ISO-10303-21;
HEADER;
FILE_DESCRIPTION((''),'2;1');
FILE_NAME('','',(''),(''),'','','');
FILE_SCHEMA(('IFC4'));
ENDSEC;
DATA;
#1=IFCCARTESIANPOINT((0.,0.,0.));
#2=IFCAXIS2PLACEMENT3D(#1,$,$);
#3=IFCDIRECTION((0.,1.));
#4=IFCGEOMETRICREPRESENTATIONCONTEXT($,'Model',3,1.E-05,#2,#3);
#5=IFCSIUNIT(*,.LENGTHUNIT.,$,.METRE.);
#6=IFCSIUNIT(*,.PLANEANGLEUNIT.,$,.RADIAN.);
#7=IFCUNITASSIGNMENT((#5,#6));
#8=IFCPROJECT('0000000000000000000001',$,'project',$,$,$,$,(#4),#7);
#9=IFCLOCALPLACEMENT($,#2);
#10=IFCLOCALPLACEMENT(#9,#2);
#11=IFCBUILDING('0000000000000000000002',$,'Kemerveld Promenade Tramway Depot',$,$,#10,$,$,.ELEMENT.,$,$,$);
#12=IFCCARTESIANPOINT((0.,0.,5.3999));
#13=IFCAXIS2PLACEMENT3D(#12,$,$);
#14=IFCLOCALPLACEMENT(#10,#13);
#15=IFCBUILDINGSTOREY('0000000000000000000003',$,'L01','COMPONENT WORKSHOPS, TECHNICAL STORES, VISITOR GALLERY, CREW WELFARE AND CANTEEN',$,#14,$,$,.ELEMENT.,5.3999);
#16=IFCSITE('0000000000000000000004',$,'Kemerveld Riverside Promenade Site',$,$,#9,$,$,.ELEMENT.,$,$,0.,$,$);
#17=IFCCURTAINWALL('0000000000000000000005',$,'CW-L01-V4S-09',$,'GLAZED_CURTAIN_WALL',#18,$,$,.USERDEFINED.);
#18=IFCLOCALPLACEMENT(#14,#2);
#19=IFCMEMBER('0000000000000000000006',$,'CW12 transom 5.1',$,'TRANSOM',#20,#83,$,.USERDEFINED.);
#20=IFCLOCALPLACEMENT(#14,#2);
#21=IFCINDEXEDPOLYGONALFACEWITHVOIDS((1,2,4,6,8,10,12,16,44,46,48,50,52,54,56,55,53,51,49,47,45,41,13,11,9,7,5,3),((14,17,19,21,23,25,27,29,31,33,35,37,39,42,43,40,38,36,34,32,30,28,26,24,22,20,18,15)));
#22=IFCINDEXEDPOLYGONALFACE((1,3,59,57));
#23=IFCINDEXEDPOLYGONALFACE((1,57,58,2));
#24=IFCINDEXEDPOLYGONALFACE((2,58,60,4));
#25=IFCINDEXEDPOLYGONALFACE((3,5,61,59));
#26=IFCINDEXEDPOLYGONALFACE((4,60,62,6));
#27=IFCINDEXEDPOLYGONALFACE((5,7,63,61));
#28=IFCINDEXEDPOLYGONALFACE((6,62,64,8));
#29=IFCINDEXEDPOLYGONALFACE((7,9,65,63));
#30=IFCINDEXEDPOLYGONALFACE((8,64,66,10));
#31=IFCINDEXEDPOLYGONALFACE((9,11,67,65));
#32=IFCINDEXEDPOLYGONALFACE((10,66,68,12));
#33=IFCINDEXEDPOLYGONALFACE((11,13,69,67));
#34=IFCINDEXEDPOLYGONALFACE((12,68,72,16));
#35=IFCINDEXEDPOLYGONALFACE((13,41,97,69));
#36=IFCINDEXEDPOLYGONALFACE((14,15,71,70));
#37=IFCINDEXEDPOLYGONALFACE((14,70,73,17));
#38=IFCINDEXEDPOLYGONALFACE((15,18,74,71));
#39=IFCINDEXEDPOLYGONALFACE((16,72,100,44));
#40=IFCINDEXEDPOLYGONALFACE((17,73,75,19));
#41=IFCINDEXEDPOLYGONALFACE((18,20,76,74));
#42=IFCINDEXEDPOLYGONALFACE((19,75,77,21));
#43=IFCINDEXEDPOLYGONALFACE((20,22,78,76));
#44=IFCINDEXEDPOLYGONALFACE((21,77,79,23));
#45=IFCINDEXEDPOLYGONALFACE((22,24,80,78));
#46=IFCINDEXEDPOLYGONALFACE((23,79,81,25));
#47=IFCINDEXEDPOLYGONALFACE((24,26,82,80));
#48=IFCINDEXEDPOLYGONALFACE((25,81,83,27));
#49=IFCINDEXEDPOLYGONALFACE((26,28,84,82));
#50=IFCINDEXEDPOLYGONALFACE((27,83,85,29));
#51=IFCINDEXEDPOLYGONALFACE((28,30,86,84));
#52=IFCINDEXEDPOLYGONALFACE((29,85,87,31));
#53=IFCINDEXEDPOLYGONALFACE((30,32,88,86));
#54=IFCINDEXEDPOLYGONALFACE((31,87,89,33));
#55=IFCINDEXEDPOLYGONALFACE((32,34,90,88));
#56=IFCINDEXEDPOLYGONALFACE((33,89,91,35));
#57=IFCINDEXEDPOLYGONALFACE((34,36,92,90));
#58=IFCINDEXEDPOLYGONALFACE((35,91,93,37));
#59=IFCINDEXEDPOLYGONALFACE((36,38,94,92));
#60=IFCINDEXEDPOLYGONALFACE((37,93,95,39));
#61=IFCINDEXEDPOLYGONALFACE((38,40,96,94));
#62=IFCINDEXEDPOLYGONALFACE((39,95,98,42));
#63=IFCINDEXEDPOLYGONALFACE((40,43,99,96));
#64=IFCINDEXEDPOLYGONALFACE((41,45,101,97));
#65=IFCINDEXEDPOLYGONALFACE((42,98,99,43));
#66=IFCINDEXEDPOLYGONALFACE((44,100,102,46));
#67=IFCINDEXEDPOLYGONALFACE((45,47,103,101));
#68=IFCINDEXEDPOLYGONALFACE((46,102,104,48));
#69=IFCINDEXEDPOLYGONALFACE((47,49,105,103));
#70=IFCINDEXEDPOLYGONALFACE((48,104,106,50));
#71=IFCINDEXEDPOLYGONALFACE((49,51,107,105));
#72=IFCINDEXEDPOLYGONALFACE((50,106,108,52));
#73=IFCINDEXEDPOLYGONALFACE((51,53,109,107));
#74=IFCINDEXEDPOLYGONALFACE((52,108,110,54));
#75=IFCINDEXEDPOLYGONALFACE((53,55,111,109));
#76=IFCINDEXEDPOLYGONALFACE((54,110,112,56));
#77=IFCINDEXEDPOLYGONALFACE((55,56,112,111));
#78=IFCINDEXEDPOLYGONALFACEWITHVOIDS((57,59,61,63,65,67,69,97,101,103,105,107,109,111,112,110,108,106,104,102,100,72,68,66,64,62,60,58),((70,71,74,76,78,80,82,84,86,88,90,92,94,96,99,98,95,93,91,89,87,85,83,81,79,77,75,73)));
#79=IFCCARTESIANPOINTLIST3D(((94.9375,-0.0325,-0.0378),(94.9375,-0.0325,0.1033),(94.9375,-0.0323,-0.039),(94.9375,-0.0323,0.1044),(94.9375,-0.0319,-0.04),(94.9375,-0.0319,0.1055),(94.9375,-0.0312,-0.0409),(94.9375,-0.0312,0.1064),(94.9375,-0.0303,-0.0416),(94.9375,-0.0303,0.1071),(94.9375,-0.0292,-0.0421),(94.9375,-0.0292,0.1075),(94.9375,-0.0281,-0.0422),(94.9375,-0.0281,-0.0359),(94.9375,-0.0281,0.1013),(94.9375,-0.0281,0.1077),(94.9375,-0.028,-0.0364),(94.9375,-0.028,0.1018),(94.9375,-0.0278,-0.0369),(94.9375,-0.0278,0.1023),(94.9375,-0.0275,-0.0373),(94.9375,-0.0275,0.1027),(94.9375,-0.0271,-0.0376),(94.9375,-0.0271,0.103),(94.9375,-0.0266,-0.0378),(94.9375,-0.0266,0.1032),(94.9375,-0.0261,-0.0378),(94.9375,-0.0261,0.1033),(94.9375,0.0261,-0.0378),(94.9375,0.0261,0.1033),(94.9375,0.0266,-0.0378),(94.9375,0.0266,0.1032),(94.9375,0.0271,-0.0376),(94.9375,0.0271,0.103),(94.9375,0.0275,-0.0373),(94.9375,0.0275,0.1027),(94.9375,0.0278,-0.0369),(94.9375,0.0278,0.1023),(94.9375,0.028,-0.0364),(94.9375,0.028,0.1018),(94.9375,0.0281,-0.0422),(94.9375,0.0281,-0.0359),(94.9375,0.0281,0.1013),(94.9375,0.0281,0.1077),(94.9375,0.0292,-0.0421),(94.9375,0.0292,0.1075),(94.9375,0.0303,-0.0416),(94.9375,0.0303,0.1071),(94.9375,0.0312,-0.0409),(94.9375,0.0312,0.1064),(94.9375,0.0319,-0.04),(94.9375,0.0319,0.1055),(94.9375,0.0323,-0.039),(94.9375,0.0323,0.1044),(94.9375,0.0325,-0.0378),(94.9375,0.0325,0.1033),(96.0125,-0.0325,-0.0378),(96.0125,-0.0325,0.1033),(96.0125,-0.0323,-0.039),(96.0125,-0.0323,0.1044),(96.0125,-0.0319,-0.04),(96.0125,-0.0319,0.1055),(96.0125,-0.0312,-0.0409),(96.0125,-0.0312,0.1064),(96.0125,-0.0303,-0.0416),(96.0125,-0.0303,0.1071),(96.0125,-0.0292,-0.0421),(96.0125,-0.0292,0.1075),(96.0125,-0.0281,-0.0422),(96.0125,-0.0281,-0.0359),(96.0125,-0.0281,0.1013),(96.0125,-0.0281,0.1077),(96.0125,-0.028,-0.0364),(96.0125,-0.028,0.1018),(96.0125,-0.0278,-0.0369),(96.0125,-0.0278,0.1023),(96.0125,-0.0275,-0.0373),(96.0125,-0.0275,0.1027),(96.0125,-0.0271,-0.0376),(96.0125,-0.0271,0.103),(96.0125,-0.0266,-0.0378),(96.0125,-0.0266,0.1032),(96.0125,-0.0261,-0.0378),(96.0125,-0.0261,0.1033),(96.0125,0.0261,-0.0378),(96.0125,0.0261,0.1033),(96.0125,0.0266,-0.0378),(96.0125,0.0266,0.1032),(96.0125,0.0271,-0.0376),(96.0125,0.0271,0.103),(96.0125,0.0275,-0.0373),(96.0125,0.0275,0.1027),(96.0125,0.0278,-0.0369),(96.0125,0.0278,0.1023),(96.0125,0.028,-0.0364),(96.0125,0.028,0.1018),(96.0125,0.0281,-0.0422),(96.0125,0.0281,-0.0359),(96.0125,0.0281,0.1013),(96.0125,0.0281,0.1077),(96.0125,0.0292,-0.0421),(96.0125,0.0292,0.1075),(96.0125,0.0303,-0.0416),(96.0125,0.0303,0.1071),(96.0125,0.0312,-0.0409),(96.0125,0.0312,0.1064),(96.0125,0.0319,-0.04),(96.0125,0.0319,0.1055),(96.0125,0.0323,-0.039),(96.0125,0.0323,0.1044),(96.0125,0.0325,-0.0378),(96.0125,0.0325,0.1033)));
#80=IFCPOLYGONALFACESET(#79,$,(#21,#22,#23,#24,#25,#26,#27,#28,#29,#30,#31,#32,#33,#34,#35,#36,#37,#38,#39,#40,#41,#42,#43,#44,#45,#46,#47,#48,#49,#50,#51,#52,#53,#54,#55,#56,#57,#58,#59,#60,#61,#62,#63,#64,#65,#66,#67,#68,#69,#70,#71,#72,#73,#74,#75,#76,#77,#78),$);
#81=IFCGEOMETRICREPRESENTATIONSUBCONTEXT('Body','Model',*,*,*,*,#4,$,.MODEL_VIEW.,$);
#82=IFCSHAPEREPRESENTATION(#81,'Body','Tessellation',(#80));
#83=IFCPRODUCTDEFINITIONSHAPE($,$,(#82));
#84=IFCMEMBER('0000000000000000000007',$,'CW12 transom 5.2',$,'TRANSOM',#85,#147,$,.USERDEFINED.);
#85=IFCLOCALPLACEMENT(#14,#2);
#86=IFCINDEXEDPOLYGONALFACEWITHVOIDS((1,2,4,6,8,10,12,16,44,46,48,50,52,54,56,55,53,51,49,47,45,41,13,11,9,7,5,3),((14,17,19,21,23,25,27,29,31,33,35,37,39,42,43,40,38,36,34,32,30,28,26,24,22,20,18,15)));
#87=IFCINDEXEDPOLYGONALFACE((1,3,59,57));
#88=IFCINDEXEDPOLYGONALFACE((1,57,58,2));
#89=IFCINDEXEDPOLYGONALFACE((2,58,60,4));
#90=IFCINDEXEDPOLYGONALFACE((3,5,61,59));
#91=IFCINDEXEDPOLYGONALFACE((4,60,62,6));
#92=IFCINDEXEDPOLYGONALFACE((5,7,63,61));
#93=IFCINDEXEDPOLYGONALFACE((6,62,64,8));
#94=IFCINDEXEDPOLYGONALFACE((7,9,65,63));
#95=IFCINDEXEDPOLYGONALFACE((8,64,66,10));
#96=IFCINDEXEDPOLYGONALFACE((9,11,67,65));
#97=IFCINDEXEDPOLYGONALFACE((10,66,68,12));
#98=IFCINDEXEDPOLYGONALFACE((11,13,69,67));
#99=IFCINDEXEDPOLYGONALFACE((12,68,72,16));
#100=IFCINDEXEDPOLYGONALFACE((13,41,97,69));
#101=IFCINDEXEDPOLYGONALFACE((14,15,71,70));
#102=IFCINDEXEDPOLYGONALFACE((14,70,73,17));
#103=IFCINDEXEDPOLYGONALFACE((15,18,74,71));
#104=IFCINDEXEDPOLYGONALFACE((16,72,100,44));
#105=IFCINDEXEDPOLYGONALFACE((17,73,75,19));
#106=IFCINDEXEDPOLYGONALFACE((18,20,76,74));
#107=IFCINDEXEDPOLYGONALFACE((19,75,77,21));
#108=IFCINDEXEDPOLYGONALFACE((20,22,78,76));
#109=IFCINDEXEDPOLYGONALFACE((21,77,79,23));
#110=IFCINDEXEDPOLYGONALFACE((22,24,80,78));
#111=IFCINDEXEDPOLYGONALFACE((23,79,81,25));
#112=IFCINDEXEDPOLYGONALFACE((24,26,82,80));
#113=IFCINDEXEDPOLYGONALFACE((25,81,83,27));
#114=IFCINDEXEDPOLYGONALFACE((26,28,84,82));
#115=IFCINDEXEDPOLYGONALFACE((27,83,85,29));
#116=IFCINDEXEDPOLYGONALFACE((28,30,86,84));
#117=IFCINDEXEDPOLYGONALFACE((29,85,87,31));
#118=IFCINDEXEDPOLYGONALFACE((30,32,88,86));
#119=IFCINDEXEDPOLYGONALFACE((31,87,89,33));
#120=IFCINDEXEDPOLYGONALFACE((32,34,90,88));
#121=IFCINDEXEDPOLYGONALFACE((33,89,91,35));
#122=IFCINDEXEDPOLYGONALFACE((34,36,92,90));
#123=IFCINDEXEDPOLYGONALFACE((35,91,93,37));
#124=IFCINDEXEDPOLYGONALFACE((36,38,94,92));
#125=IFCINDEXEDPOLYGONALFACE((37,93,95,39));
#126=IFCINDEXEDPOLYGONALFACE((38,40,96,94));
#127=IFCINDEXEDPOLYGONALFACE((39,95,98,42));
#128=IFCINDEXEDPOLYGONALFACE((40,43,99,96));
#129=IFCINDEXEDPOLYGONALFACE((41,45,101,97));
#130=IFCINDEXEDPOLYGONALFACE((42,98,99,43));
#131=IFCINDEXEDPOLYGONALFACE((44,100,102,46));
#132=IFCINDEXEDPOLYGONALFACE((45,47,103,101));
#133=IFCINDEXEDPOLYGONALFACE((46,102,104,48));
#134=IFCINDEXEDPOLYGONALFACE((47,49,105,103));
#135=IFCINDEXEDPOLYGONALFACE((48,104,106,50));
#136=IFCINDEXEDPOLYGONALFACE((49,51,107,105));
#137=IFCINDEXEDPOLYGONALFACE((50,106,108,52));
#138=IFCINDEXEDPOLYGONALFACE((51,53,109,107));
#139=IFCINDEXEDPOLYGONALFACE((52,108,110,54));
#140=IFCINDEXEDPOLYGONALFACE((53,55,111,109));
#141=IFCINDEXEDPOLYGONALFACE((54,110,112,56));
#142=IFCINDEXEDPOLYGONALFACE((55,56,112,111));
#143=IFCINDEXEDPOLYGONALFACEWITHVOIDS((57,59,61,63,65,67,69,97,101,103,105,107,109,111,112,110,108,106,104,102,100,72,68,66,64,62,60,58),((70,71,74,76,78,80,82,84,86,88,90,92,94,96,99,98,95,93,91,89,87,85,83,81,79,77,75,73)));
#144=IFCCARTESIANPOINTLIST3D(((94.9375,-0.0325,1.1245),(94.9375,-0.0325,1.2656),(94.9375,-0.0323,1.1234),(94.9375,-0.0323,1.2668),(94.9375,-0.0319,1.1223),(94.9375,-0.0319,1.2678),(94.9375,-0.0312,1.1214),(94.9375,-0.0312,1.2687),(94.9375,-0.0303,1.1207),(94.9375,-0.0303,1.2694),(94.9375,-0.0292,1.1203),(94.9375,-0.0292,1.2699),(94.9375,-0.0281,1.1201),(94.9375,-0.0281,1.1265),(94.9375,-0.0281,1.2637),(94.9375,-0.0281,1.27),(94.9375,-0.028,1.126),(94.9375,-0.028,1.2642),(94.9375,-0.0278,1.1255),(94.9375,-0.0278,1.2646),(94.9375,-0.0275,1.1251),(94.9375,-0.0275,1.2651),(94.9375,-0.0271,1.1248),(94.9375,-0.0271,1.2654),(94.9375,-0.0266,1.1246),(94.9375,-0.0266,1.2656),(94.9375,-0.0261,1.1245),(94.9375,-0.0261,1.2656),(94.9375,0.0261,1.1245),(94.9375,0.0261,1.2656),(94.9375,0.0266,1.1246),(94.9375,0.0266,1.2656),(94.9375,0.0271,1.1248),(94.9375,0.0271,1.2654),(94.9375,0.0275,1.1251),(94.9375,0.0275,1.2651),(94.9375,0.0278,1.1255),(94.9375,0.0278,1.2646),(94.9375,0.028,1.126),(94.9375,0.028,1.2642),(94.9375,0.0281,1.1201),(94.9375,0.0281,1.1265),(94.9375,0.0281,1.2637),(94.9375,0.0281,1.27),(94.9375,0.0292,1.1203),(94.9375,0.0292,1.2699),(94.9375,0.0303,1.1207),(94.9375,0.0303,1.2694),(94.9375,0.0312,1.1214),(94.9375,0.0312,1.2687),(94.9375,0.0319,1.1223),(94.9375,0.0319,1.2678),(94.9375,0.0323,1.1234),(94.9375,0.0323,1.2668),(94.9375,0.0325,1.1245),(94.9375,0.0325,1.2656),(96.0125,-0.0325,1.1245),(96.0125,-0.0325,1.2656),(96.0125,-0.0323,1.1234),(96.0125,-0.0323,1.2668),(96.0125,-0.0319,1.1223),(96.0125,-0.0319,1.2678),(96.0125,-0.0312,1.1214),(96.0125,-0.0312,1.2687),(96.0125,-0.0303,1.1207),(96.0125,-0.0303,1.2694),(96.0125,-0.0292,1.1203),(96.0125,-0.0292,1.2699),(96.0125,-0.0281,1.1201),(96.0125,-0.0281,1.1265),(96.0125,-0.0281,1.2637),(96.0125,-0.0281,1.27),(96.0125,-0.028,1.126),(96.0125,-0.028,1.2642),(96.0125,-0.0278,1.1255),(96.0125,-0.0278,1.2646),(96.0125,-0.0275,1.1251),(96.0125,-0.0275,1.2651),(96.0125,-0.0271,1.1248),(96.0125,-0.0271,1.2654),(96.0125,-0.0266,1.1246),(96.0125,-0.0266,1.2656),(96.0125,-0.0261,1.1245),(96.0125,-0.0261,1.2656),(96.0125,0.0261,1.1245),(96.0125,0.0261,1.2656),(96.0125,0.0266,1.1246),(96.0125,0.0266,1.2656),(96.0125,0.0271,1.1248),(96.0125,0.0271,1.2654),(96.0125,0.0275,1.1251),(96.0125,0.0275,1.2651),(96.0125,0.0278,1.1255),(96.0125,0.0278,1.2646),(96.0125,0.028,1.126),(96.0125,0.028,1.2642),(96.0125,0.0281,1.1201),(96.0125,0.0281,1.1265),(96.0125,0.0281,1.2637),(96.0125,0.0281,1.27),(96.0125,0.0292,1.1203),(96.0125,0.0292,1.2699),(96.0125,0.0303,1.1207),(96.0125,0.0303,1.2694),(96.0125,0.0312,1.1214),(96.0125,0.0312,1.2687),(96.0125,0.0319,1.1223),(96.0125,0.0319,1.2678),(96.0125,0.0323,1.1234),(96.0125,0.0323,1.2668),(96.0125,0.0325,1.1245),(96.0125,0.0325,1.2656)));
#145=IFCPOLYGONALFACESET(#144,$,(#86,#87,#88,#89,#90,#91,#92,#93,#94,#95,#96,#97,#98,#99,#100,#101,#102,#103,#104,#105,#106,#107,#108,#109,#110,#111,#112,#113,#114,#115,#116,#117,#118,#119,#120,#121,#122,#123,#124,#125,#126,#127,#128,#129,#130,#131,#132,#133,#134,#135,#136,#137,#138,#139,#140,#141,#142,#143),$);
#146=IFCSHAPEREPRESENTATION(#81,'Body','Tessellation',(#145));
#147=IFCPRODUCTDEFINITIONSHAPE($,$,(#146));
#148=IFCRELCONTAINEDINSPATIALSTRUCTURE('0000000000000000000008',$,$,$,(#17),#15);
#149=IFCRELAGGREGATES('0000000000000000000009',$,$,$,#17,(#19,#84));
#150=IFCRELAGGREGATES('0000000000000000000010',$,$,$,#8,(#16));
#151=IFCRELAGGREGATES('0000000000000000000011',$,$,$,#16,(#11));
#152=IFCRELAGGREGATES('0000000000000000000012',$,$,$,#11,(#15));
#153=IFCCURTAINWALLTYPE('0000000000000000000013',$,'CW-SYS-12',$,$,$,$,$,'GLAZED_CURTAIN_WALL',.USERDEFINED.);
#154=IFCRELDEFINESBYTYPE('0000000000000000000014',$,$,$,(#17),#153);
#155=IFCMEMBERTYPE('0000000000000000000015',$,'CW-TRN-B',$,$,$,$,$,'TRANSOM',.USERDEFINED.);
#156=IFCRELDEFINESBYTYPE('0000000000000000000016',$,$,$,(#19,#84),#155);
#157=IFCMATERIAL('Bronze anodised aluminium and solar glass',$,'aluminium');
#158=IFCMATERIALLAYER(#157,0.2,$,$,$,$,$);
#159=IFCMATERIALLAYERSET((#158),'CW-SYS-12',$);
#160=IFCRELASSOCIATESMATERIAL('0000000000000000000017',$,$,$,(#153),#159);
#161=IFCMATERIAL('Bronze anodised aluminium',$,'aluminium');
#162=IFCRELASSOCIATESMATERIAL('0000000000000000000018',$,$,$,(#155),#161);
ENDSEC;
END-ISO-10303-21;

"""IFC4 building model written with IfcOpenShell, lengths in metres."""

from ifc_helpers import new_model, si_unit, direction, frame, origin, origin_2d, place, context, subcontext, project, spatial, hollow_rectangle, extrude, material, layer, layer_set, material_profile, profile_set, type_object, element, aggregate, save


model = new_model("IFC4")

# Units and contexts
model_context = context("Model", 3, precision=1e-05, world=origin(), true_north=direction((0.0, 1.0)))
body_context = subcontext(model_context, "Body", "Model", "MODEL_VIEW")
ifc_project = project(units=[si_unit("LENGTHUNIT", "METRE"), si_unit("PLANEANGLEUNIT", "RADIAN")], contexts=[model_context])

# Site, building, storey
site_placement = place(None, origin())
site = spatial("IfcSite", under=ifc_project, at=site_placement, Name="Kemerveld Riverside Promenade Site", CompositionType="ELEMENT", RefElevation=0.0)
building_placement = place(site_placement, origin())
building = spatial("IfcBuilding", under=site, at=building_placement, Name="Kemerveld Promenade Tramway Depot", CompositionType="ELEMENT")
storey_placement = place(building_placement, frame((0.0, 0.0, 5.3999)))
storey = spatial("IfcBuildingStorey", under=building, at=storey_placement, Name="L01", Description="COMPONENT WORKSHOPS, TECHNICAL STORES, VISITOR GALLERY, CREW WELFARE AND CANTEEN", CompositionType="ELEMENT", Elevation=5.3999)

# Curtain wall, members
ifc_material_1 = material(Name="Bronze anodised aluminium and solar glass", Category="aluminium")
ifc_layer_1 = layer(ifc_material_1, 0.2)
ifc_layer_set_1 = layer_set([ifc_layer_1], Name="CW-SYS-12")
curtain_wall_type = type_object("IfcCurtainWallType", Name="CW-SYS-12", ElementType="GLAZED_CURTAIN_WALL", PredefinedType="USERDEFINED", material=ifc_layer_set_1)
curtain_wall_placement = place(storey_placement, origin())
curtain_wall = element("IfcCurtainWall", 1, at=curtain_wall_placement, inside=storey, type_object=curtain_wall_type, Name="CW-L01-V4S-09", ObjectType="GLAZED_CURTAIN_WALL", PredefinedType="USERDEFINED")
ifc_material_2 = material(Name="Bronze anodised aluminium", Category="aluminium")
ifc_material_profile_1 = material_profile(ifc_material_2, hollow_rectangle(XDim=0.0649, YDim=0.1499, WallThickness=0.0044, InnerFilletRadius=0.002, OuterFilletRadius=0.0044, at=origin_2d()), Name="CW-TRN-150x65")
ifc_profile_set_1 = profile_set([ifc_material_profile_1], Name="Bronze anodised aluminium")
member_type_1 = type_object("IfcMemberType", Name="CW-TRN-B", ElementType="TRANSOM", PredefinedType="USERDEFINED", material=ifc_profile_set_1)
member_1_placement = place(storey_placement, frame((96.0125, 0.0, 0.0327), z_axis=(-1.0, 0.0, 0.0), x_axis=(0.0, -1.0, 0.0)))
member_1 = element("IfcMember", 2, at=member_1_placement, type_object=member_type_1, Name="CW12 transom 5.1", ObjectType="TRANSOM", PredefinedType="USERDEFINED", context=body_context, shape_type="SweptSolid", body=[
    extrude(hollow_rectangle(XDim=0.0649, YDim=0.1499, WallThickness=0.0044, InnerFilletRadius=0.002, OuterFilletRadius=0.0044, at=origin_2d()), origin(), (0.0, 0.0, 1.0), 1.075),
])
member_2_placement = place(storey_placement, frame((96.0125, 0.0, 1.1951), z_axis=(-1.0, 0.0, 0.0), x_axis=(0.0, -1.0, 0.0)))
member_2 = element("IfcMember", 3, at=member_2_placement, type_object=member_type_1, Name="CW12 transom 5.2", ObjectType="TRANSOM", PredefinedType="USERDEFINED", context=body_context, shape_type="SweptSolid", body=[
    extrude(hollow_rectangle(XDim=0.0649, YDim=0.1499, WallThickness=0.0044, InnerFilletRadius=0.002, OuterFilletRadius=0.0044, at=origin_2d()), origin(), (0.0, 0.0, 1.0), 1.075),
])
aggregate(curtain_wall, [member_1, member_2])

save(model, "model.ifc")
